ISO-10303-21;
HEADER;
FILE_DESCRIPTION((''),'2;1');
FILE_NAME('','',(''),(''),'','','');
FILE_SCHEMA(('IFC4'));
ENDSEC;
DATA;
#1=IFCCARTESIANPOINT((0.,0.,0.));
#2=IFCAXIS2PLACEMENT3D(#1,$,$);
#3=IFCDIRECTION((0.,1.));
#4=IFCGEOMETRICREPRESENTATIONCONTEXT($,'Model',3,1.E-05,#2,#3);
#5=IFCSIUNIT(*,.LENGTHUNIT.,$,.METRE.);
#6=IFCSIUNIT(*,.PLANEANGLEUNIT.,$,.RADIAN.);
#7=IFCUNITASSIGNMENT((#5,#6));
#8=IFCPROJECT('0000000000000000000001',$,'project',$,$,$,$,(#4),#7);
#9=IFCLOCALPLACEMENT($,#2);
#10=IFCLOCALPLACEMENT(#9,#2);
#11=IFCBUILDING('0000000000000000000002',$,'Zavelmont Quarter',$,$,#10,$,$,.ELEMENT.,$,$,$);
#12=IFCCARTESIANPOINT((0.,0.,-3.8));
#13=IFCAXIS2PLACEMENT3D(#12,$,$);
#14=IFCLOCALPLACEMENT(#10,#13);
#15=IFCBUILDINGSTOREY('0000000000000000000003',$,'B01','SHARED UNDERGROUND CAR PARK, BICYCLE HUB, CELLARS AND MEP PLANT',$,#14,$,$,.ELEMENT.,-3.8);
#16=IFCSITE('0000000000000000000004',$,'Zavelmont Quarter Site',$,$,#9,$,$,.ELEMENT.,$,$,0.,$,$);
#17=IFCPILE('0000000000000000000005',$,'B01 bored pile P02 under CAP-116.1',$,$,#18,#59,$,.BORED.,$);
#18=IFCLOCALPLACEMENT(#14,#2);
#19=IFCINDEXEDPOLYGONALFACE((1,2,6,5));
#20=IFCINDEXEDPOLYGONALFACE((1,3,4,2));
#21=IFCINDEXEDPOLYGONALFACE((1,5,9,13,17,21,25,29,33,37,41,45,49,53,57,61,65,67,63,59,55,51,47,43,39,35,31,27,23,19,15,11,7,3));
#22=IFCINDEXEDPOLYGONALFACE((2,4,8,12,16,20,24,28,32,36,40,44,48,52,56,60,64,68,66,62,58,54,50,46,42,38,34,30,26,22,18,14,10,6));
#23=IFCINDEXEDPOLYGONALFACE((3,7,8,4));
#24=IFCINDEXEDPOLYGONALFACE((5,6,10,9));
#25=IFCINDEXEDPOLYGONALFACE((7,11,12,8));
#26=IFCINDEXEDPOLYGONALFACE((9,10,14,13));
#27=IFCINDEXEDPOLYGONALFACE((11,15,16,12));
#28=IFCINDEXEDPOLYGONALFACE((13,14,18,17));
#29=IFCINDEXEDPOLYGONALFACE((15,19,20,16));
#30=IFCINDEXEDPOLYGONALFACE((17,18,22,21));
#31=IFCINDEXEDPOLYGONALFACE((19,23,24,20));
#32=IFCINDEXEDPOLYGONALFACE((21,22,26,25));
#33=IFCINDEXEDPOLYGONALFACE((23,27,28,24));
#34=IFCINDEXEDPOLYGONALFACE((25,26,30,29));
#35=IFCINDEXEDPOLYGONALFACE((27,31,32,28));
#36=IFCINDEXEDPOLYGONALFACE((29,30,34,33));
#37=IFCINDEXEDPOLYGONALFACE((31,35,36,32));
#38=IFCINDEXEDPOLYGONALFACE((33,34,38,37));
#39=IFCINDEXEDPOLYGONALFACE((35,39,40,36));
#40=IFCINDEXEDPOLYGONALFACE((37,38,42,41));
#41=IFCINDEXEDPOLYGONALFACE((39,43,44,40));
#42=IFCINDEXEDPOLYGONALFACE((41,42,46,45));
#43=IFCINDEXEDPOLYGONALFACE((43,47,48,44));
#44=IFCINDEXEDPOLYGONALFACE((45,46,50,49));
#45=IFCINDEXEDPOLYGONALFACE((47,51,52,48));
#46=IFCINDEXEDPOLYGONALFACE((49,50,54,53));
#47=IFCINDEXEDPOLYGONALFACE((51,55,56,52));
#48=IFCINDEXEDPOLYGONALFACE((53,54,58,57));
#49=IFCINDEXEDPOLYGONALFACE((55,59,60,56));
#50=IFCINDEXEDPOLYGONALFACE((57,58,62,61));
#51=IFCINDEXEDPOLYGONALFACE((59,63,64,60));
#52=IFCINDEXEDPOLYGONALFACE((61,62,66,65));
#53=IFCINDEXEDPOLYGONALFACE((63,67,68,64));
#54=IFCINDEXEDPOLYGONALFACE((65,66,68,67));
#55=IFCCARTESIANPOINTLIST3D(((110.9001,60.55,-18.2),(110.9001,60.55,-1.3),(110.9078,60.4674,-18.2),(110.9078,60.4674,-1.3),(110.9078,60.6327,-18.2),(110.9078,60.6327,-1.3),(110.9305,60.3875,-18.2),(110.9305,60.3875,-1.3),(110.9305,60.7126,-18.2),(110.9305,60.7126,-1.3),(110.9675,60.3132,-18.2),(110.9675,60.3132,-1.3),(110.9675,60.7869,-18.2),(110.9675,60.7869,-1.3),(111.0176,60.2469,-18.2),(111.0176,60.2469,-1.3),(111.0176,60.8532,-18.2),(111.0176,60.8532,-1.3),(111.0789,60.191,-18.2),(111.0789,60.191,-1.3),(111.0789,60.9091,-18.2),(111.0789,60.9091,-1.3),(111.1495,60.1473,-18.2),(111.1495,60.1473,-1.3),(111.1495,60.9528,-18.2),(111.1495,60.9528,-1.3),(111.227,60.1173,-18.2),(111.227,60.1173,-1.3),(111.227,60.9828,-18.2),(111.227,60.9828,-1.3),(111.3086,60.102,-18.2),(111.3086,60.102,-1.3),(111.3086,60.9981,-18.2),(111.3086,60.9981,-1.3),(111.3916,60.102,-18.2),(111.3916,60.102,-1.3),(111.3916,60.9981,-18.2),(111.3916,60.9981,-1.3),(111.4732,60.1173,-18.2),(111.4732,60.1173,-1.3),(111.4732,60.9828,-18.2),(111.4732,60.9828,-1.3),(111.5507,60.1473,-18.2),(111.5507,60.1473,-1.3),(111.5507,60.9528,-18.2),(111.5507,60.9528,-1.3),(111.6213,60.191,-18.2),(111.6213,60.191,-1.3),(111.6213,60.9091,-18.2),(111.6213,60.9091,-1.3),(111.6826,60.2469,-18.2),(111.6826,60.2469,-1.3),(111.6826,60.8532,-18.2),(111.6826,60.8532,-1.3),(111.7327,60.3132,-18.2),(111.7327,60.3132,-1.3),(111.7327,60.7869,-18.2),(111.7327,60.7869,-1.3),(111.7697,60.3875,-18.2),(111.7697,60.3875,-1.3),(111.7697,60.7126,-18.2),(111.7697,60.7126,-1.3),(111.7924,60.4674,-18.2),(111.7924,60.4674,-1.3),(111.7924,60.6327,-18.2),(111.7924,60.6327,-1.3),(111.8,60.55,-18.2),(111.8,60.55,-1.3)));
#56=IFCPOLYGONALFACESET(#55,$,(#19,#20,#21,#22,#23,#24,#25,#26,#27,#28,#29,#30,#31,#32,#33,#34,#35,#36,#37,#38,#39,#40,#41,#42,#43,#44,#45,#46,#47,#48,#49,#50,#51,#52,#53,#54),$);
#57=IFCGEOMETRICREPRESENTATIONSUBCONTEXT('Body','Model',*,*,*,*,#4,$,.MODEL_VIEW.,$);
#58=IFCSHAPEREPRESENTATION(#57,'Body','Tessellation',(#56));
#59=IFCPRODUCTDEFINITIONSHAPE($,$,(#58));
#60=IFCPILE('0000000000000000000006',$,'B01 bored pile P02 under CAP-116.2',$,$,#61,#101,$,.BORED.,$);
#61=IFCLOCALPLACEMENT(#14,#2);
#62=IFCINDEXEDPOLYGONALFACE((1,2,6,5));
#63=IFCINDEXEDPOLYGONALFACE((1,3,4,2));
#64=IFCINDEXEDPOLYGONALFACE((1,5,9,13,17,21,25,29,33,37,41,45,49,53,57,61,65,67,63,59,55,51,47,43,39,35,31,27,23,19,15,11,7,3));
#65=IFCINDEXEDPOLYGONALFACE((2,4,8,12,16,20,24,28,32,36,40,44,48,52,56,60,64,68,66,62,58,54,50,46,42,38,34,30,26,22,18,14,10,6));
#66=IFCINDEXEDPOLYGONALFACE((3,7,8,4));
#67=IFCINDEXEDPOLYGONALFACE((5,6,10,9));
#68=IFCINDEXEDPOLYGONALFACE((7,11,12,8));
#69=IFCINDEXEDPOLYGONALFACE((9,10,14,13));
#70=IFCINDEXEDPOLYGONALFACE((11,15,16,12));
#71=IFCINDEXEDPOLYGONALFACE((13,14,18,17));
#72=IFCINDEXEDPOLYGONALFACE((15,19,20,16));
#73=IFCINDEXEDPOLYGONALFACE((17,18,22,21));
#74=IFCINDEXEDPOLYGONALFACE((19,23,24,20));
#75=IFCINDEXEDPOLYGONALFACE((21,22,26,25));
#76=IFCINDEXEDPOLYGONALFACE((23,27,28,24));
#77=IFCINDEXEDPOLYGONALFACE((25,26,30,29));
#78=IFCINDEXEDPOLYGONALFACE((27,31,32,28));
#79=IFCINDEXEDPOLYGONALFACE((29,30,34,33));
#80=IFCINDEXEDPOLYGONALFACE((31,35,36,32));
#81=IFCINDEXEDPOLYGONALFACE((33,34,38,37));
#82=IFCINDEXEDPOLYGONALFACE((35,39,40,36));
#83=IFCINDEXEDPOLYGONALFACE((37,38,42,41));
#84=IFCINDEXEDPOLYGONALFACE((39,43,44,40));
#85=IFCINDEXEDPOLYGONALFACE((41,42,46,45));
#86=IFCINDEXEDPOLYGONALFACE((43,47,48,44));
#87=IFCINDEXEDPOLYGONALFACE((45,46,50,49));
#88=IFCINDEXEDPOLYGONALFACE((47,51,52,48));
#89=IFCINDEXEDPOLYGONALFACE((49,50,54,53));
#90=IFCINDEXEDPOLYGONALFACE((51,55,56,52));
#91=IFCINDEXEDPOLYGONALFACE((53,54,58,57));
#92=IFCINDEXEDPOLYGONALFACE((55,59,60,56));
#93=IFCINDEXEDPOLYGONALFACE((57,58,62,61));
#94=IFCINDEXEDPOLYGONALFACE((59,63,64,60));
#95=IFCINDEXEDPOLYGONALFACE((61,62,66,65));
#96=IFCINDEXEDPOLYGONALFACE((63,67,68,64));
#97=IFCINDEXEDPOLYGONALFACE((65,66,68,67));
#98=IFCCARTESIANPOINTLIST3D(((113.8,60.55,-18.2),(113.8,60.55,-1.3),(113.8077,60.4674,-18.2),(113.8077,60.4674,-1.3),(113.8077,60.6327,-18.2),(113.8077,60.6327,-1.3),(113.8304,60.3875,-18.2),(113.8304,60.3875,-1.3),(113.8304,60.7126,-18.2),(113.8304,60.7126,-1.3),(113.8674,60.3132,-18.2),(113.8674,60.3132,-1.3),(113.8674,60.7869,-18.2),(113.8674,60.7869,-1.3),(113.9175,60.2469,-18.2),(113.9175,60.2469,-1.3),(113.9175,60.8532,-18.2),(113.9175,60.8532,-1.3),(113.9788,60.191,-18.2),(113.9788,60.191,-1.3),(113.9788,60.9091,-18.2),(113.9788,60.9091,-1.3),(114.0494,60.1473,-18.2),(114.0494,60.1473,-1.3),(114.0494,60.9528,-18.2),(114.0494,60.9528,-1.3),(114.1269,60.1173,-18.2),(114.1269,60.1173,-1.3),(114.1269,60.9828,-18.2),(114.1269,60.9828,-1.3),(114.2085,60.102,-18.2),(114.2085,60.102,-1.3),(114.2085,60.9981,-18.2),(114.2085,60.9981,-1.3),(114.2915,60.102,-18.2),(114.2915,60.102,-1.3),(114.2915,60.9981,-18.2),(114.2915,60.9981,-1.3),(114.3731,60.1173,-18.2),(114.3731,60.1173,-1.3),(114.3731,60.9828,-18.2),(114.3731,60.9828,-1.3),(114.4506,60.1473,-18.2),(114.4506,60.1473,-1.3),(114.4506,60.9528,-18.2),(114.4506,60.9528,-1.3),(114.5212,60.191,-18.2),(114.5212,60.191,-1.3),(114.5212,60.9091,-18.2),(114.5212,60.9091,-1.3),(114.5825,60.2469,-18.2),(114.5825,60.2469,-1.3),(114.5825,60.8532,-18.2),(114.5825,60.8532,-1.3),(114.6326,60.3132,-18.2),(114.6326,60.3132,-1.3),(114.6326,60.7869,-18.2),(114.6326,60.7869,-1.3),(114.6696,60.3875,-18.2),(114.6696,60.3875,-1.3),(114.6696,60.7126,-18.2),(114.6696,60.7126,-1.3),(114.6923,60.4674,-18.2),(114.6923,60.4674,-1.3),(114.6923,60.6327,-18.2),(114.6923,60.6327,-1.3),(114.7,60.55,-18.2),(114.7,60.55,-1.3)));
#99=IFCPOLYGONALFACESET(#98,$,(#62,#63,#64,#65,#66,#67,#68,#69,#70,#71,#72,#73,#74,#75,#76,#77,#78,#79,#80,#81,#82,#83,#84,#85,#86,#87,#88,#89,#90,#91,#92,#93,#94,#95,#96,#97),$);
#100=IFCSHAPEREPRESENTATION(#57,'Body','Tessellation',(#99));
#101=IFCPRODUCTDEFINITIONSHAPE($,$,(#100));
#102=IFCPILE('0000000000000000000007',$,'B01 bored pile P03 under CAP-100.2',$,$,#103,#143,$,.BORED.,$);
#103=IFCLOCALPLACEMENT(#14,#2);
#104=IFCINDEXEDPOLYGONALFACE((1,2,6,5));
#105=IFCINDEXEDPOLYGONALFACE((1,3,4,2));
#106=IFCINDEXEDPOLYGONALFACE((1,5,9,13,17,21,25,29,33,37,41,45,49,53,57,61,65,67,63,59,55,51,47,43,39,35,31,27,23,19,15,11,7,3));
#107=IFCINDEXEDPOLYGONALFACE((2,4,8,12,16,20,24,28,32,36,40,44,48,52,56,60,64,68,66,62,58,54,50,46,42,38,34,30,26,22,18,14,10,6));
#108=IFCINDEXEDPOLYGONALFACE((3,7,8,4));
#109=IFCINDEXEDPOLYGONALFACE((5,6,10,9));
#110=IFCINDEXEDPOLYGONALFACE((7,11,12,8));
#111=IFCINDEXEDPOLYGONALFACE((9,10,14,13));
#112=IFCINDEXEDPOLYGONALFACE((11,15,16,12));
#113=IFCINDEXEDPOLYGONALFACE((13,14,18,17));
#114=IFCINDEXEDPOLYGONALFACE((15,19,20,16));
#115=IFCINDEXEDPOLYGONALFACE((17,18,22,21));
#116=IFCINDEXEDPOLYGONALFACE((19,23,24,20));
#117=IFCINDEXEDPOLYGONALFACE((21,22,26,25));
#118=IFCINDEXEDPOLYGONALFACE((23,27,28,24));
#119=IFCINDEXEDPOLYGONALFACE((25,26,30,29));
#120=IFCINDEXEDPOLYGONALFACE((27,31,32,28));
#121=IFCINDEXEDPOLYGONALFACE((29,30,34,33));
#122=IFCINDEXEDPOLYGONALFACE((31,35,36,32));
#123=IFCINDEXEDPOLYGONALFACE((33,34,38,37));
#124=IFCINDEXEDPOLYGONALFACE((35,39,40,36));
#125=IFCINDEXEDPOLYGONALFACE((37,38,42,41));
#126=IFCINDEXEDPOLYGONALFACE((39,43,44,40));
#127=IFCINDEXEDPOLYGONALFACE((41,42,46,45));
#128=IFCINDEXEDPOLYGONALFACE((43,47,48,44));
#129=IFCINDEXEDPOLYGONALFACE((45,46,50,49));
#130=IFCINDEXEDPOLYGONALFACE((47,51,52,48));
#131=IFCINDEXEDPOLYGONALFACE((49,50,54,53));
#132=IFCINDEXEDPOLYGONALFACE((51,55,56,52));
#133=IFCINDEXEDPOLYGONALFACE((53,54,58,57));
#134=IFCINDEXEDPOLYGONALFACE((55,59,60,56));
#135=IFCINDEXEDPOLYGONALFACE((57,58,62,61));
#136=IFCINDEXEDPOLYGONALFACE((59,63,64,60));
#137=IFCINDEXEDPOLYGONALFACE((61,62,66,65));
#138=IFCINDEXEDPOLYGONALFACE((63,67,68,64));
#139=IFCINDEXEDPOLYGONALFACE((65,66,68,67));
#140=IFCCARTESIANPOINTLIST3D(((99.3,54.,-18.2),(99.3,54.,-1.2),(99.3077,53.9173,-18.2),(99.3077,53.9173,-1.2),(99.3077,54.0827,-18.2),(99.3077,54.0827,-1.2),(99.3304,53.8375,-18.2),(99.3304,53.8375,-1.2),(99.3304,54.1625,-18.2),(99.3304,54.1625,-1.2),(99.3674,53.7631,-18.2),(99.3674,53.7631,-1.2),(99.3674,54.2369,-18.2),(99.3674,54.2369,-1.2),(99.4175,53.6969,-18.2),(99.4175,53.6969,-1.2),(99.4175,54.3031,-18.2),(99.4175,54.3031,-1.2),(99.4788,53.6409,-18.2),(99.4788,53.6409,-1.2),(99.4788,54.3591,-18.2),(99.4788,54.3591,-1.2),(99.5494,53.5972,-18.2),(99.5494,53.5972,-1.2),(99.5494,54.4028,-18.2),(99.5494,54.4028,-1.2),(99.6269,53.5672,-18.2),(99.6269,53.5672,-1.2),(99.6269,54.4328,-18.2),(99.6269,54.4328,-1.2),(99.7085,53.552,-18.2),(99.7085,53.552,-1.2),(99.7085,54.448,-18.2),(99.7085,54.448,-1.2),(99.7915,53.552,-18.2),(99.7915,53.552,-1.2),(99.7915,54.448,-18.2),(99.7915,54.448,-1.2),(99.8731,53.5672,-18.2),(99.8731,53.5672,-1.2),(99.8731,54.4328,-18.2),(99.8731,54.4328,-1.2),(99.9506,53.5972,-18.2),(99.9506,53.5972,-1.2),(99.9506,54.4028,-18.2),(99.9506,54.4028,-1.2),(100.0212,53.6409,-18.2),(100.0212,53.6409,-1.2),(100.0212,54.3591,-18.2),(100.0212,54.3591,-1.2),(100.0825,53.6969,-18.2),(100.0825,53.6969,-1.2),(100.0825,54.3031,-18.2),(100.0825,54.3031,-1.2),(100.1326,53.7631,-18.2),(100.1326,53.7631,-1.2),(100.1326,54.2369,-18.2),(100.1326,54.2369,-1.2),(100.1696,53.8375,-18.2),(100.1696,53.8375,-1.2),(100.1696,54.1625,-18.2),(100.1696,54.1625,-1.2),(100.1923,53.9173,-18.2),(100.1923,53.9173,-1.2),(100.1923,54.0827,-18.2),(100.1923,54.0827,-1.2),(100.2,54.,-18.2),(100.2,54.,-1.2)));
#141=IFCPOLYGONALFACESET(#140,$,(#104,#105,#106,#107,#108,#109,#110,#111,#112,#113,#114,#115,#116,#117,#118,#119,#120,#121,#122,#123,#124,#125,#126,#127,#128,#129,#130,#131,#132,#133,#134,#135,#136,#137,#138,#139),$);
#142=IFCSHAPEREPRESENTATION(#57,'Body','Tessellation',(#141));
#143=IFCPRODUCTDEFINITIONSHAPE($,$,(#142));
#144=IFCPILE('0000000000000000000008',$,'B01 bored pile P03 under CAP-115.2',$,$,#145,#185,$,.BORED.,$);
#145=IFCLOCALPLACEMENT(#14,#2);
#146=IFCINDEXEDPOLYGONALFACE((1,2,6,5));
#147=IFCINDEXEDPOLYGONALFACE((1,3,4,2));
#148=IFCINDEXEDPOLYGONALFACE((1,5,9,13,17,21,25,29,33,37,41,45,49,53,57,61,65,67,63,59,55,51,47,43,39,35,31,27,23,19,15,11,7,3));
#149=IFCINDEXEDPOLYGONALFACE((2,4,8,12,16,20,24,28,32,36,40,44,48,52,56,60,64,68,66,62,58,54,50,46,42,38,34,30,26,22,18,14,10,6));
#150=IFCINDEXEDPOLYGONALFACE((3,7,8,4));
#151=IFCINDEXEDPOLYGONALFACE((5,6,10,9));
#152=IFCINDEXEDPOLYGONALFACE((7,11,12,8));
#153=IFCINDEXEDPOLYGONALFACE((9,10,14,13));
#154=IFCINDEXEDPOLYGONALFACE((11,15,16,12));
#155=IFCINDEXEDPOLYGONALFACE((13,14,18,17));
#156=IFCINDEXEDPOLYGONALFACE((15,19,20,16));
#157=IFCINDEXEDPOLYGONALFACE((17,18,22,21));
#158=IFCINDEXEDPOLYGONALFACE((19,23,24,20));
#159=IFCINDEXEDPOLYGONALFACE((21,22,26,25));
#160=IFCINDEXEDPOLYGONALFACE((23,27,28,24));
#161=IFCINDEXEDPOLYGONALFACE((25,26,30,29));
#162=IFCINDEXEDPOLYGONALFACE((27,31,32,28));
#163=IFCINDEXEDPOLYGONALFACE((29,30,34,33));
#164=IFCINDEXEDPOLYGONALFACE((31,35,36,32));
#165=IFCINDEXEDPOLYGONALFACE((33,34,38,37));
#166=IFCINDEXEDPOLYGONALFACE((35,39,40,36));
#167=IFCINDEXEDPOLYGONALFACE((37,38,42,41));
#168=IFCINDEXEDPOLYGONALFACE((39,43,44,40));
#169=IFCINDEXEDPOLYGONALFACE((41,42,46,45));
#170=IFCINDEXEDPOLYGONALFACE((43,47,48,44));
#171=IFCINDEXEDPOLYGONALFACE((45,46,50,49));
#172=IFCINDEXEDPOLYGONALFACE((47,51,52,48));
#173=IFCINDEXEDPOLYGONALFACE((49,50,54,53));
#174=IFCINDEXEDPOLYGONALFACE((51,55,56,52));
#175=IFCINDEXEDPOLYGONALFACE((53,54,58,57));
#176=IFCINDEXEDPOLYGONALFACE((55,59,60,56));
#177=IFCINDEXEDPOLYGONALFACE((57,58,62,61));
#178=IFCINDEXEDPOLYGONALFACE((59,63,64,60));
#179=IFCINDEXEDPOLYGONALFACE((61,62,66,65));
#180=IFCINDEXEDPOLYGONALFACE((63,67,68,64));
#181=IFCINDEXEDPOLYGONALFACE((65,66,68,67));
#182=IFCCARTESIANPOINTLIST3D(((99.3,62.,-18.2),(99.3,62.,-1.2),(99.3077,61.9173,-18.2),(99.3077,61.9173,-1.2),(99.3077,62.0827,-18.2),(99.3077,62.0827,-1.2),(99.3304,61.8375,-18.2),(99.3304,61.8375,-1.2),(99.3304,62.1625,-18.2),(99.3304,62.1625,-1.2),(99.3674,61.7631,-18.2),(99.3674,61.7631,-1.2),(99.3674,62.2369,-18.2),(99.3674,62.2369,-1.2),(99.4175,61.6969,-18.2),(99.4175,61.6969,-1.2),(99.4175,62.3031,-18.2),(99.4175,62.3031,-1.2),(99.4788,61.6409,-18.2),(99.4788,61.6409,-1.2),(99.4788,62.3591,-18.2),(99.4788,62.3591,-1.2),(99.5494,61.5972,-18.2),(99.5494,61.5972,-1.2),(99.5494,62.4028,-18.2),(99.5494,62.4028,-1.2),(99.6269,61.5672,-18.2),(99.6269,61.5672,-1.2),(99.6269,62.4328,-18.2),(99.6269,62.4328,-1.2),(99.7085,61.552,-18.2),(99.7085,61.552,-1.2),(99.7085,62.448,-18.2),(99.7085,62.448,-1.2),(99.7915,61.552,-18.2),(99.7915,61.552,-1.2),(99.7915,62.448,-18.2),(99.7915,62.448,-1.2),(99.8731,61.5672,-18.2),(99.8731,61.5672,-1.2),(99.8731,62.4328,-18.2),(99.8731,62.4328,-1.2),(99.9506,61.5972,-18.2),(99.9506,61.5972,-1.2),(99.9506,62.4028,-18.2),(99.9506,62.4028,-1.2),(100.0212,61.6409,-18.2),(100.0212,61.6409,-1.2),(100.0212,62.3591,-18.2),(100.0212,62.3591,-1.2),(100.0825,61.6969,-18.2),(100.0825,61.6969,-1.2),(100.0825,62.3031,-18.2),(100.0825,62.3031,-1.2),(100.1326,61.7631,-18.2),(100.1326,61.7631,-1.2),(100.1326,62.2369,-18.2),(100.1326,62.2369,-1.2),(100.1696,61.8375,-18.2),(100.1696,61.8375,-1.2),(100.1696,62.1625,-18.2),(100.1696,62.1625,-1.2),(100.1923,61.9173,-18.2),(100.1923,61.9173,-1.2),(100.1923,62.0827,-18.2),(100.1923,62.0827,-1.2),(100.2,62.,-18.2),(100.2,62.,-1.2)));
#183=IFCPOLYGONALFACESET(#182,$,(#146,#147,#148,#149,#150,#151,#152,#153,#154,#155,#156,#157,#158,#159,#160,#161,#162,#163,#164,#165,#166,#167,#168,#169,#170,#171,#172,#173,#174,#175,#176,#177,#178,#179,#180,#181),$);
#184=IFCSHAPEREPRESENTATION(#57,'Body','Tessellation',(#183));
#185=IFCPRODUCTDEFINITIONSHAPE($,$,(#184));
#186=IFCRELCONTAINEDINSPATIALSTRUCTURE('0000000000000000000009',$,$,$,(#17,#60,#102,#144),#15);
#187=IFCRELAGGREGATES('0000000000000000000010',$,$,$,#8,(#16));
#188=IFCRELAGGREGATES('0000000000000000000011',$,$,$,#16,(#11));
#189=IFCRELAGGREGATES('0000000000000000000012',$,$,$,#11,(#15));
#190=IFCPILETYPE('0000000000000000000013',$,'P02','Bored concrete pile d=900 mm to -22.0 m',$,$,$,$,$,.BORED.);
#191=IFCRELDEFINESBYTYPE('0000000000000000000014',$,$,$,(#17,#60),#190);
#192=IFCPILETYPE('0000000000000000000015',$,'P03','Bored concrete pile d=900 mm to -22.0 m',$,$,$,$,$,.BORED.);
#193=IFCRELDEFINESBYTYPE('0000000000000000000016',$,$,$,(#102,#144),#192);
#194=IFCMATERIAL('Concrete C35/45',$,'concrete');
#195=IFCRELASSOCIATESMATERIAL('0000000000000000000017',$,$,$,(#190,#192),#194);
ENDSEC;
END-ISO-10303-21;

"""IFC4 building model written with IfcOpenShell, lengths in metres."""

from ifc_helpers import new_model, si_unit, direction, frame, origin, origin_2d, place, context, subcontext, project, spatial, circle, extrude, material, material_profile, profile_set, type_object, element, save


model = new_model("IFC4")

# Units and contexts
model_context = context("Model", 3, precision=1e-05, world=origin(), true_north=direction((0.0, 1.0)))
body_context = subcontext(model_context, "Body", "Model", "MODEL_VIEW")
ifc_project = project(units=[si_unit("LENGTHUNIT", "METRE"), si_unit("PLANEANGLEUNIT", "RADIAN")], contexts=[model_context])

# Site, building, storey
site_placement = place(None, origin())
site = spatial("IfcSite", under=ifc_project, at=site_placement, Name="Zavelmont Quarter Site", CompositionType="ELEMENT", RefElevation=0.0)
building_placement = place(site_placement, origin())
building = spatial("IfcBuilding", under=site, at=building_placement, Name="Zavelmont Quarter", CompositionType="ELEMENT")
storey_placement = place(building_placement, frame((0.0, 0.0, -3.8)))
storey = spatial("IfcBuildingStorey", under=building, at=storey_placement, Name="B01", Description="SHARED UNDERGROUND CAR PARK, BICYCLE HUB, CELLARS AND MEP PLANT", CompositionType="ELEMENT", Elevation=-3.8)

# Shared definitions
ifc_material_1 = material(Name="Concrete C35/45", Category="concrete")

# Piles
ifc_material_profile_1 = material_profile(ifc_material_1, circle(Radius=0.45, at=origin_2d()), Name="BP900")
ifc_profile_set_1 = profile_set([ifc_material_profile_1], Name="Concrete C35/45")
pile_type_1 = type_object("IfcPileType", Name="P02", Description="Bored concrete pile d=900 mm to -22.0 m", PredefinedType="BORED", material=ifc_profile_set_1)
for number, where, z_axis, x_axis, name in (
    (1, (111.3501, 60.55, -1.3), (0.0, 0.0, -1.0), (1.0, 0.0, 0.0), "B01 bored pile P02 under CAP-116.1"),
    (2, (114.25, 60.55, -1.3), (0.0, 0.0, -1.0), (1.0, 0.0, 0.0), "B01 bored pile P02 under CAP-116.2"),
):
    element("IfcPile", number, at=place(storey_placement, frame(where, z_axis=z_axis, x_axis=x_axis)), inside=storey, type_object=pile_type_1, Name=name, PredefinedType="BORED", context=body_context, shape_type="SweptSolid", body=[
        extrude(circle(Radius=0.45, at=origin_2d()), origin(), (0.0, 0.0, 1.0), 16.8999),
    ])
ifc_material_profile_2 = material_profile(ifc_material_1, circle(Radius=0.45, at=origin_2d()), Name="BP900")
ifc_profile_set_2 = profile_set([ifc_material_profile_2], Name="Concrete C35/45")
pile_type_2 = type_object("IfcPileType", Name="P03", Description="Bored concrete pile d=900 mm to -22.0 m", PredefinedType="BORED", material=ifc_profile_set_2)
for number, where, z_axis, x_axis, name in (
    (3, (99.75, 54.0, -1.2), (0.0, 0.0, -1.0), (1.0, 0.0, 0.0), "B01 bored pile P03 under CAP-100.2"),
    (4, (99.75, 62.0, -1.2), (0.0, 0.0, -1.0), (1.0, 0.0, 0.0), "B01 bored pile P03 under CAP-115.2"),
):
    element("IfcPile", number, at=place(storey_placement, frame(where, z_axis=z_axis, x_axis=x_axis)), inside=storey, type_object=pile_type_2, Name=name, PredefinedType="BORED", context=body_context, shape_type="SweptSolid", body=[
        extrude(circle(Radius=0.45, at=origin_2d()), origin(), (0.0, 0.0, 1.0), 17.0),
    ])

save(model, "model.ifc")
